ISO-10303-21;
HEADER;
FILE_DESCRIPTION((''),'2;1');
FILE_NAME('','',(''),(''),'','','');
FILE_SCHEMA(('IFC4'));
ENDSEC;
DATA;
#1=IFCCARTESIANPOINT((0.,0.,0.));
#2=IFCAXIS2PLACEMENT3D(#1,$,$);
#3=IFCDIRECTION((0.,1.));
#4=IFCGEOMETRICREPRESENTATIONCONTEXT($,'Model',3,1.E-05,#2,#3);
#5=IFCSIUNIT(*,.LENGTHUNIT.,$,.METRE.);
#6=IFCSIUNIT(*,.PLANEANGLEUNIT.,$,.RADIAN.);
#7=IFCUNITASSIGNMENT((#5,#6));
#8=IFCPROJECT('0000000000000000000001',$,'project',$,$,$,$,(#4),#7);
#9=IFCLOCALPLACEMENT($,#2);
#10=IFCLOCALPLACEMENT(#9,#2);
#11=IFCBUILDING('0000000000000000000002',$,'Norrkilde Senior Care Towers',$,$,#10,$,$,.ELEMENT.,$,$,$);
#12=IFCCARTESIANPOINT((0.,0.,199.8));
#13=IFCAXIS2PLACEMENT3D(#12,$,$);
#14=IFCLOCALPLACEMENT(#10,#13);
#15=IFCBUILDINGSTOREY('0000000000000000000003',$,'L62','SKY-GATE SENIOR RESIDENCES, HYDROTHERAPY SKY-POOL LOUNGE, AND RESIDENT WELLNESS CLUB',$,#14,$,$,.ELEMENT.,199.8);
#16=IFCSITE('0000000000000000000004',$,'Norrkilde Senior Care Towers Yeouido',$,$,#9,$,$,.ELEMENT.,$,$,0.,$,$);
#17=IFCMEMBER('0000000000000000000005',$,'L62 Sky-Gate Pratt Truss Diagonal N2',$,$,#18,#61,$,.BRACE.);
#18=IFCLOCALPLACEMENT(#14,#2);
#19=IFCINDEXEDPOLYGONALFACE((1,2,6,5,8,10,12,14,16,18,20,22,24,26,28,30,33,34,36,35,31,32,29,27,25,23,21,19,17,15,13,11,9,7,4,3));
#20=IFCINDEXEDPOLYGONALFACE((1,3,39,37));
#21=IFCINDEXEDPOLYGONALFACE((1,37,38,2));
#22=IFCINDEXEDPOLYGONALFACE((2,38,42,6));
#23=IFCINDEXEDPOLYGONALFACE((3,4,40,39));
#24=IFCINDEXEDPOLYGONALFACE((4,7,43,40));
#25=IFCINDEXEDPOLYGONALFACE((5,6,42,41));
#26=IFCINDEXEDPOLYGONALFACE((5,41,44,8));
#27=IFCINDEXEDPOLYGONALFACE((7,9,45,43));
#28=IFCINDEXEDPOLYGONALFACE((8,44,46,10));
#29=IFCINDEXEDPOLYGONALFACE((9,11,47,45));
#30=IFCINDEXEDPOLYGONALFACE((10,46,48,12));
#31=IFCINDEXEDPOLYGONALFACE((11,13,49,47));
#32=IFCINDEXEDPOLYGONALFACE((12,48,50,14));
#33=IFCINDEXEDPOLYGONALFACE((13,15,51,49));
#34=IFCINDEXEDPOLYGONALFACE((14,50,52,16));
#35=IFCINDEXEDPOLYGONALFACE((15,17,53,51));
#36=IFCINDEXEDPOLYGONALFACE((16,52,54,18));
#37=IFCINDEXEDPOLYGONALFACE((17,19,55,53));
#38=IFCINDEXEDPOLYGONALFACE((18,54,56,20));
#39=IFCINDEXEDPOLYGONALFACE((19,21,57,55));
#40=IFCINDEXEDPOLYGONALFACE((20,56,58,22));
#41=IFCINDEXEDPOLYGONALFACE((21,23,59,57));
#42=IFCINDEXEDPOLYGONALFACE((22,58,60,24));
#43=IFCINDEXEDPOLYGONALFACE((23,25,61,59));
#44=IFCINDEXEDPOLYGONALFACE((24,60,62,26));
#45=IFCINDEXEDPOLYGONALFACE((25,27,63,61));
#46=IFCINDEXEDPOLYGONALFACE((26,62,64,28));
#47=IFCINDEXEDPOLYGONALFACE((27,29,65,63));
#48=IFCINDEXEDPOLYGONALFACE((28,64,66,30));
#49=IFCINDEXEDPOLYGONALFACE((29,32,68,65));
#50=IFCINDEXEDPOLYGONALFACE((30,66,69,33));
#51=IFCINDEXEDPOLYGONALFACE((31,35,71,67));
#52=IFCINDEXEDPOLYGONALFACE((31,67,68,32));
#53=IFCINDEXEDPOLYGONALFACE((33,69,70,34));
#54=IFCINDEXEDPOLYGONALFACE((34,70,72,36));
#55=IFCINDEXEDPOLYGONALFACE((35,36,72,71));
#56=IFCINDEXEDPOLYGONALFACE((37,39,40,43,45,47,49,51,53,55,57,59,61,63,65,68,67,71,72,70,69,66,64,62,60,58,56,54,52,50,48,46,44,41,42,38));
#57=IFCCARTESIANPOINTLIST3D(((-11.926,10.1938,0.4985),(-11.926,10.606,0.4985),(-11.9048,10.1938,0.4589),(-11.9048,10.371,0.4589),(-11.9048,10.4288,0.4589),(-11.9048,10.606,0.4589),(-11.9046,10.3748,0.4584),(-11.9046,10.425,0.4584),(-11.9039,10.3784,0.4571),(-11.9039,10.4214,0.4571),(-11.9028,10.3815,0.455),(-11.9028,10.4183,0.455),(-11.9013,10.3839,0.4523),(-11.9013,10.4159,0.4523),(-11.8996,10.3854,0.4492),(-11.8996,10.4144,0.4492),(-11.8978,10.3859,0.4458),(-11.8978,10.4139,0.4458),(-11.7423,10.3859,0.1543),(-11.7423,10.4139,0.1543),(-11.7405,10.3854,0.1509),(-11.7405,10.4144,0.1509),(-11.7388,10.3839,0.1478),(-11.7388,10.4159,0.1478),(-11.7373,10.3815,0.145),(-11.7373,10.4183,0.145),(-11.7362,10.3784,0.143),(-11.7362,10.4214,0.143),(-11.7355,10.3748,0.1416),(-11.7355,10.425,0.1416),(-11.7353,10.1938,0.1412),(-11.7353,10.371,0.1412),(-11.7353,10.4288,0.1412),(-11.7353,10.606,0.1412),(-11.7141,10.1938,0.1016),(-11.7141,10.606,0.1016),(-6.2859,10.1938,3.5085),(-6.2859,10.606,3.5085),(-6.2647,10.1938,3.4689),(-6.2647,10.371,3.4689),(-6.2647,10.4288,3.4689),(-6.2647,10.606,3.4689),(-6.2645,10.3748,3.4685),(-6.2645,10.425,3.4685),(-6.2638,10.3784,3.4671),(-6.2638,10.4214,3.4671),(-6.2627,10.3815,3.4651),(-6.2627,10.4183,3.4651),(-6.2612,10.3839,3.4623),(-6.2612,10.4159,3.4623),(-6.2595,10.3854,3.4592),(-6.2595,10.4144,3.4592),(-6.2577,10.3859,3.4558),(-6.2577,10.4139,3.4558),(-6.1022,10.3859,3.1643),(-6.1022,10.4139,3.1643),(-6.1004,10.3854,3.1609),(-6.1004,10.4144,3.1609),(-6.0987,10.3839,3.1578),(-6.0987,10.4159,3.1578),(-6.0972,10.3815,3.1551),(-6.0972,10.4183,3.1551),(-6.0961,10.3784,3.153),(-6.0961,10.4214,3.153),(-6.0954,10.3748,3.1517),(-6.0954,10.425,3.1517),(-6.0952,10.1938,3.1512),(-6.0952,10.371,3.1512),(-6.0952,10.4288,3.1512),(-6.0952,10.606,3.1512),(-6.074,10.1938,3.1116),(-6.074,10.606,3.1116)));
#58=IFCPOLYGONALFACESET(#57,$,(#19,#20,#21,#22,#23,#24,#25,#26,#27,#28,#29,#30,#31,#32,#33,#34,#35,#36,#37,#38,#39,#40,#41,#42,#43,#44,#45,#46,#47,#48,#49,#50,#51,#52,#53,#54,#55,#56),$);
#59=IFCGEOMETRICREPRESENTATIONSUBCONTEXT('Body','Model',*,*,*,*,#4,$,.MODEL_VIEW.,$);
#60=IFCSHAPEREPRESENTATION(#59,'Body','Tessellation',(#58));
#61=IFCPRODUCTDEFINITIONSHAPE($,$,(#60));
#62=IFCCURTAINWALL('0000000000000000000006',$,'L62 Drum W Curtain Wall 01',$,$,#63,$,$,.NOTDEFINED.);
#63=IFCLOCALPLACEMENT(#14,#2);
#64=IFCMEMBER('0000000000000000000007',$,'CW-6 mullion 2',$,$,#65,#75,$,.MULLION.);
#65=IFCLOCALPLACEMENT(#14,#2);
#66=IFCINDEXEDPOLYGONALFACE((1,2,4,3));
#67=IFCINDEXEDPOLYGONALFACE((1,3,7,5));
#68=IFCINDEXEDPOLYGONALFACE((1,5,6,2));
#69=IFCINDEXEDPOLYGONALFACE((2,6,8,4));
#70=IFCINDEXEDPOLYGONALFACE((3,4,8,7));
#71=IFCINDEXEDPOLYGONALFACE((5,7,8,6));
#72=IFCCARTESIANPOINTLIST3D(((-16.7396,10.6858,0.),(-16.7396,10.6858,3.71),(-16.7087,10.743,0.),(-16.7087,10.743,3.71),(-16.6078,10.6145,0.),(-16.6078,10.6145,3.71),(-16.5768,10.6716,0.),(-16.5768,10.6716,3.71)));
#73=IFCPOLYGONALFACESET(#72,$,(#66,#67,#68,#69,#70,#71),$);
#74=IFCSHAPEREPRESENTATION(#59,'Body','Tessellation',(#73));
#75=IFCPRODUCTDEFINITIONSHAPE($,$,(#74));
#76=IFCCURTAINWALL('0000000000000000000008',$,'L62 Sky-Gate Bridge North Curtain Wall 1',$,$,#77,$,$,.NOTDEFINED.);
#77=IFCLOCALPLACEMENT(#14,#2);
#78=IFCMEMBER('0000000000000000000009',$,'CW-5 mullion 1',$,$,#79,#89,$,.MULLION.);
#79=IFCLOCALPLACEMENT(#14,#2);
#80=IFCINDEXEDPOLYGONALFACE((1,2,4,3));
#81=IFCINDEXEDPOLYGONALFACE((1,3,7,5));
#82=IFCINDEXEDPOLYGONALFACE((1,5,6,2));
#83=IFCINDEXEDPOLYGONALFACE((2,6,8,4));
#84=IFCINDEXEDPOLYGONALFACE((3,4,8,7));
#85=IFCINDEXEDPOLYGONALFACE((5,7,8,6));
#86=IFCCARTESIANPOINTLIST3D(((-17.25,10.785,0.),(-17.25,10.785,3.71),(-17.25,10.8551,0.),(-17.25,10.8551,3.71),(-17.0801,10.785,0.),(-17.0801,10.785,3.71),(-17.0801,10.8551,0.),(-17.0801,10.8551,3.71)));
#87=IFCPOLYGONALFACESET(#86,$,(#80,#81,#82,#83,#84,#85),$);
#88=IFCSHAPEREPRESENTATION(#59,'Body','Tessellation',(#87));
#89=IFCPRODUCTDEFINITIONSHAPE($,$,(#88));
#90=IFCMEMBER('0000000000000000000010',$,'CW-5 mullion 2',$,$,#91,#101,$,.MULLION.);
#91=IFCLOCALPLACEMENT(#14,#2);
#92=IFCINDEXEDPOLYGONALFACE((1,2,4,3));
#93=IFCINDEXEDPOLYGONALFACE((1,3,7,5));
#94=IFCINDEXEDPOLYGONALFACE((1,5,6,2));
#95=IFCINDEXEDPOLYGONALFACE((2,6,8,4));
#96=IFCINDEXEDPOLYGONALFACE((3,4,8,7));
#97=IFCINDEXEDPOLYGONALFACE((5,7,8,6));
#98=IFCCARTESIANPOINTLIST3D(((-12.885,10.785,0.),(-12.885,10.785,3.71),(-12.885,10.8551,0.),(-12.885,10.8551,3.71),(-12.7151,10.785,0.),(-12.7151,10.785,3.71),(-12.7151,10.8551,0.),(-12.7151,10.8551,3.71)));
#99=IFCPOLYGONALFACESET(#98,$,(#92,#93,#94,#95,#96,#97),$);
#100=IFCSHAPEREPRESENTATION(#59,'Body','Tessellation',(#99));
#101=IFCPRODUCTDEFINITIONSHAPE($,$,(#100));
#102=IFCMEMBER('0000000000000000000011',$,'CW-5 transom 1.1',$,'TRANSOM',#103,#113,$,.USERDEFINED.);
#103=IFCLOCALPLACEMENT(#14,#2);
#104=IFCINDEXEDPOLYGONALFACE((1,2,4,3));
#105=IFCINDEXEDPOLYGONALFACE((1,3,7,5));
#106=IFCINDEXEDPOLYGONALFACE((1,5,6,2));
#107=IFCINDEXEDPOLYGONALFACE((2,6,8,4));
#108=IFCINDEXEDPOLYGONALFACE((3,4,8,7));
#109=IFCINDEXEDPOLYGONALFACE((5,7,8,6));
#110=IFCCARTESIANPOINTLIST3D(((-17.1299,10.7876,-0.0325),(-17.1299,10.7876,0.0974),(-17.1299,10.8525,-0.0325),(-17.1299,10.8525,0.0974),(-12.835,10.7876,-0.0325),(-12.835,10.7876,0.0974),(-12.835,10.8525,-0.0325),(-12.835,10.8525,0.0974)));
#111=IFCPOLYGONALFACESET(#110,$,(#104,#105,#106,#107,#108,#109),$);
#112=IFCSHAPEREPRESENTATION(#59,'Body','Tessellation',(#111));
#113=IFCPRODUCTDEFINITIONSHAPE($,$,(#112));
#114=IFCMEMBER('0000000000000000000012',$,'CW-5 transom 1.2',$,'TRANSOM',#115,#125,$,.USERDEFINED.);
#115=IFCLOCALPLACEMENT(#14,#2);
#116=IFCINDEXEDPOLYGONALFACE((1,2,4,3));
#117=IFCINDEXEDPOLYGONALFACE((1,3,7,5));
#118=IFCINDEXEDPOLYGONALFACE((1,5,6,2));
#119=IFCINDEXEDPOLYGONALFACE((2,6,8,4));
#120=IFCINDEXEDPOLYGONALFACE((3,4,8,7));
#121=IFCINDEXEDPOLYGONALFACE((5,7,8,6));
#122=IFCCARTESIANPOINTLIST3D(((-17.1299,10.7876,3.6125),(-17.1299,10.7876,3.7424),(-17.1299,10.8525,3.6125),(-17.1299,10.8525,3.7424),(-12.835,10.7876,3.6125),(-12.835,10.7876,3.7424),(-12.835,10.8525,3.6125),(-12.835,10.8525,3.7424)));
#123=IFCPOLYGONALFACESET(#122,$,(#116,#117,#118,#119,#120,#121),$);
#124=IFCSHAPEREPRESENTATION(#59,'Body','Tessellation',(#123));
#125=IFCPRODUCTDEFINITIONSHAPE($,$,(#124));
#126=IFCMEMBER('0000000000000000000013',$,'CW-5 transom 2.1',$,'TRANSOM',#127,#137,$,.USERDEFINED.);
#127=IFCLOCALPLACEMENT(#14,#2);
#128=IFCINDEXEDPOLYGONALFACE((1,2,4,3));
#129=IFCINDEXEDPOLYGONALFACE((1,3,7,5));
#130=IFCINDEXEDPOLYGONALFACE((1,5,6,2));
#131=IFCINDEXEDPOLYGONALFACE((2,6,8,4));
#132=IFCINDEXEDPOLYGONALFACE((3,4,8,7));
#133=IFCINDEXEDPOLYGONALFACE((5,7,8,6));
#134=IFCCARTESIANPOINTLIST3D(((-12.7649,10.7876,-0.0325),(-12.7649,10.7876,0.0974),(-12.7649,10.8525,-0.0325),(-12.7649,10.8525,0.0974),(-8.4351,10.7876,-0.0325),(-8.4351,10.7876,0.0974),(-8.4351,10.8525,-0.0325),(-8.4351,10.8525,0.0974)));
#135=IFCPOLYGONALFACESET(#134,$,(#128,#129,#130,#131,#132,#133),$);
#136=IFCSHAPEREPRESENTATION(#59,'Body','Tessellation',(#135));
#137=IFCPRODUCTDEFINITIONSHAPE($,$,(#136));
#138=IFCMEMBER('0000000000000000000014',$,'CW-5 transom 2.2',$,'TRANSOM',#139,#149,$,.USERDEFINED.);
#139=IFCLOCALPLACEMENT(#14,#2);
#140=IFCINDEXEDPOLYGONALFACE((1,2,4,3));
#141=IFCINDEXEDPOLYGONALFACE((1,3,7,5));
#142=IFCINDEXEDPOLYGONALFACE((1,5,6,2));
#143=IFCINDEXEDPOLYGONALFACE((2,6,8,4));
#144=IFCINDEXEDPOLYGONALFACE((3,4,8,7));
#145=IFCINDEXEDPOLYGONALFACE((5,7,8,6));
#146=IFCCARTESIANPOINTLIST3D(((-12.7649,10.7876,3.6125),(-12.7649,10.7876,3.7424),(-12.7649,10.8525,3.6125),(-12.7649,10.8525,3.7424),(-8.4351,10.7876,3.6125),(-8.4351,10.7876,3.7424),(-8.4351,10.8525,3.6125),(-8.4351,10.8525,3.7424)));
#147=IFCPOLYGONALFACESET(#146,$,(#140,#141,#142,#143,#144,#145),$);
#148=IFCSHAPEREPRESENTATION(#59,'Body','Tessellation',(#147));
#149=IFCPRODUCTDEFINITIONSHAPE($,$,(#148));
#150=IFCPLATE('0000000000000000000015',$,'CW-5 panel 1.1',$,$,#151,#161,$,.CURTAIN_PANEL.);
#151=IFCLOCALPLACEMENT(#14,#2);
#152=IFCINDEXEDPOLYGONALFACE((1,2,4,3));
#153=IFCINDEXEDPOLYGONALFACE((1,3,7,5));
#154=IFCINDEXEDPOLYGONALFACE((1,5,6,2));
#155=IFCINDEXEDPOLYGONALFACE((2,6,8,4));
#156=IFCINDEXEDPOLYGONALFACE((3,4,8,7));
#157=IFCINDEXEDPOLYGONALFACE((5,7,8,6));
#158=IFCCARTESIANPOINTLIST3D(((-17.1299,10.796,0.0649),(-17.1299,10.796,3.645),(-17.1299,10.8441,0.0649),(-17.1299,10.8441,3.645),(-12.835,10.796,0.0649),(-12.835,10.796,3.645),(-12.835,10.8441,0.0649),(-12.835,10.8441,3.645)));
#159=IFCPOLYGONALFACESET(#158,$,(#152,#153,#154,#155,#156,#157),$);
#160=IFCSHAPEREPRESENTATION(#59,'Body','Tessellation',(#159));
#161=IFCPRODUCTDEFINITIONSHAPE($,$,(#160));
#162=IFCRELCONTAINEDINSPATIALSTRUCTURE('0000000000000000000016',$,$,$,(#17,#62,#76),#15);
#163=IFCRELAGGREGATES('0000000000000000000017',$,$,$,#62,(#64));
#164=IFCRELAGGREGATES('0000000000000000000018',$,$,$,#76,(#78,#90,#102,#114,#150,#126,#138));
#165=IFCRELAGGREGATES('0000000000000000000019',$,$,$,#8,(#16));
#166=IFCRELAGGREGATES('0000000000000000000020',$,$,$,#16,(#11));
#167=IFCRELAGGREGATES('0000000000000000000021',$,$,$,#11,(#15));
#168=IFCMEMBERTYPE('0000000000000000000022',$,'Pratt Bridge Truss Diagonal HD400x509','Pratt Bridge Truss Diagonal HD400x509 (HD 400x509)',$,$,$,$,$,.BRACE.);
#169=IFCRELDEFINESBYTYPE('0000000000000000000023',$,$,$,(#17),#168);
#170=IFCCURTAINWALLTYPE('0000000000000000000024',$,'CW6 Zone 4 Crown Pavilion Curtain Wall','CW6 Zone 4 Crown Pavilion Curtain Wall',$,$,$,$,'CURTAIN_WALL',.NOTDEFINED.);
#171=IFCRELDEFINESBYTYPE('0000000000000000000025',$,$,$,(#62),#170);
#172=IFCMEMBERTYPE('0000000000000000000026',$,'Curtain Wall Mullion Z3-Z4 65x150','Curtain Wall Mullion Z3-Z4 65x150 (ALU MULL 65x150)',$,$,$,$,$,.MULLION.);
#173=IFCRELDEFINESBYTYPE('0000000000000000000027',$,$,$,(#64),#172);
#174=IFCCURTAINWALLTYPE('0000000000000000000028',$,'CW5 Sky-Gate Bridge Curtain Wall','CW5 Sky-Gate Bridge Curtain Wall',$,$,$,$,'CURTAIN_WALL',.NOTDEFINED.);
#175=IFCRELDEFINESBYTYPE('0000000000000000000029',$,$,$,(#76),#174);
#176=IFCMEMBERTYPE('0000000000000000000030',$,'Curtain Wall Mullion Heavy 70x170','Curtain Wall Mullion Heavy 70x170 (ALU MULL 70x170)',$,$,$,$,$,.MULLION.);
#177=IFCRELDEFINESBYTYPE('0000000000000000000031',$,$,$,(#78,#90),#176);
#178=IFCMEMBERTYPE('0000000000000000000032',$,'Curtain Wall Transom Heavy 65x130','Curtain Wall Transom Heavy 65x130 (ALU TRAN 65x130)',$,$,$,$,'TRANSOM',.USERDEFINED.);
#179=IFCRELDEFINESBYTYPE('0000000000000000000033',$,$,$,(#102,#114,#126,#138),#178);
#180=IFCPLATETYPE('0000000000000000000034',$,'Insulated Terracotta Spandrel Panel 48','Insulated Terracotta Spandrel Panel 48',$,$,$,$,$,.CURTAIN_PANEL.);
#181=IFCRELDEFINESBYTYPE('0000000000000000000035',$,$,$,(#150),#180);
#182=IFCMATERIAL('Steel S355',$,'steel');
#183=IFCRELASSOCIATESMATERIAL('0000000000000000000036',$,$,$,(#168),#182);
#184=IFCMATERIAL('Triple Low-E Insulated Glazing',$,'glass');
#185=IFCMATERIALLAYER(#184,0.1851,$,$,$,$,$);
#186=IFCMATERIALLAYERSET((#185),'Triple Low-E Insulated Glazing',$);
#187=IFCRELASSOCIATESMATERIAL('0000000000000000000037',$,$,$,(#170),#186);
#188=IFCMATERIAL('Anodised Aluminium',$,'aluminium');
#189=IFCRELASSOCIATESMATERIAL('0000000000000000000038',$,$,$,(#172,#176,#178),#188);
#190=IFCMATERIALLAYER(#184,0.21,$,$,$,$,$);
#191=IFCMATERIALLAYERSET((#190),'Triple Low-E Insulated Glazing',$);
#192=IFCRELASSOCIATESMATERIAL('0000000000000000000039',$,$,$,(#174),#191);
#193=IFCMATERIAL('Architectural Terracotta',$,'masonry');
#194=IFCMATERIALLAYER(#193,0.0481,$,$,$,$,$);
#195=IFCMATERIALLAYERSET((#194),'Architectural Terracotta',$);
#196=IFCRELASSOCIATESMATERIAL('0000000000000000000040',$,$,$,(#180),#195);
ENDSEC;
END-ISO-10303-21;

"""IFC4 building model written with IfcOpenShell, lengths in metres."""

from ifc_helpers import new_model, si_unit, direction, frame, origin, origin_2d, place, context, subcontext, project, spatial, rectangle, i_section, extrude, source, transform, mapped, material, layer, layer_set, material_profile, profile_set, type_object, type_shapes, element, aggregate, save


model = new_model("IFC4")

# Units and contexts
model_context = context("Model", 3, precision=1e-05, world=origin(), true_north=direction((0.0, 1.0)))
body_context = subcontext(model_context, "Body", "Model", "MODEL_VIEW")
ifc_project = project(units=[si_unit("LENGTHUNIT", "METRE"), si_unit("PLANEANGLEUNIT", "RADIAN")], contexts=[model_context])

# Site, building, storey
site_placement = place(None, origin())
site = spatial("IfcSite", under=ifc_project, at=site_placement, Name="Norrkilde Senior Care Towers Yeouido", CompositionType="ELEMENT", RefElevation=0.0)
building_placement = place(site_placement, origin())
building = spatial("IfcBuilding", under=site, at=building_placement, Name="Norrkilde Senior Care Towers", CompositionType="ELEMENT")
storey_placement = place(building_placement, frame((0.0, 0.0, 199.8)))
storey = spatial("IfcBuildingStorey", under=building, at=storey_placement, Name="L62", Description="SKY-GATE SENIOR RESIDENCES, HYDROTHERAPY SKY-POOL LOUNGE, AND RESIDENT WELLNESS CLUB", CompositionType="ELEMENT", Elevation=199.8)

# Shared definitions
ifc_material_1 = material(Name="Steel S355", Category="steel")

# Member
ifc_material_profile_1 = material_profile(ifc_material_1, i_section(OverallWidth=0.4121, OverallDepth=0.45, WebThickness=0.0281, FlangeThickness=0.0449, FilletRadius=0.0149, at=origin_2d()), Name="HD 400x509")
ifc_profile_set_1 = profile_set([ifc_material_profile_1], Name="Steel S355")
member_type_1 = type_object("IfcMemberType", Name="Pratt Bridge Truss Diagonal HD400x509", Description="Pratt Bridge Truss Diagonal HD400x509 (HD 400x509)", PredefinedType="BRACE", material=ifc_profile_set_1)
shared_shape_1 = source(origin(), body_context, "Body", "SweptSolid", [
    extrude(i_section(OverallWidth=0.4121, OverallDepth=0.45, WebThickness=0.0281, FlangeThickness=0.0449, FilletRadius=0.0149, at=origin_2d()), origin(), (0.0, 0.0, 1.0), 6.3931),
])
type_shapes(member_type_1, [shared_shape_1])
member_1_placement = place(storey_placement, frame((-11.8201, 10.3999, 0.3), z_axis=(0.882227, 0.0, 0.470824), x_axis=(0.0, 1.0, 0.0)))
element("IfcMember", 1, at=member_1_placement, inside=storey, type_object=member_type_1, Name="L62 Sky-Gate Pratt Truss Diagonal N2", PredefinedType="BRACE", context=body_context, shape_type="MappedRepresentation", body=[
    mapped(shared_shape_1, transform((0.0, 0.0, 0.0), x_axis=(1.0, 0.0, 0.0), y_axis=(0.0, 1.0, 0.0), z_axis=(0.0, 0.0, 1.0), scale=1.0)),
])

# Curtain wall, member
ifc_material_2 = material(Name="Triple Low-E Insulated Glazing", Category="glass")
ifc_layer_1 = layer(ifc_material_2, 0.1851)
ifc_layer_set_1 = layer_set([ifc_layer_1], Name="Triple Low-E Insulated Glazing")
curtain_wall_type_1 = type_object("IfcCurtainWallType", Name="CW6 Zone 4 Crown Pavilion Curtain Wall", Description="CW6 Zone 4 Crown Pavilion Curtain Wall", ElementType="CURTAIN_WALL", PredefinedType="NOTDEFINED", material=ifc_layer_set_1)
curtain_wall_1_placement = place(storey_placement, origin())
curtain_wall_1 = element("IfcCurtainWall", 2, at=curtain_wall_1_placement, inside=storey, type_object=curtain_wall_type_1, Name="L62 Drum W Curtain Wall 01", PredefinedType="NOTDEFINED")
ifc_material_3 = material(Name="Anodised Aluminium", Category="aluminium")
ifc_material_profile_2 = material_profile(ifc_material_3, rectangle(XDim=0.0649, YDim=0.1499, at=origin_2d()), Name="ALU MULL 65x150")
ifc_profile_set_2 = profile_set([ifc_material_profile_2], Name="Anodised Aluminium")
member_type_2 = type_object("IfcMemberType", Name="Curtain Wall Mullion Z3-Z4 65x150", Description="Curtain Wall Mullion Z3-Z4 65x150 (ALU MULL 65x150)", PredefinedType="MULLION", material=ifc_profile_set_2)
shared_shape_2 = source(origin(), body_context, "Body", "SweptSolid", [
    extrude(rectangle(XDim=0.0649, YDim=0.1499, at=origin_2d()), origin(), (0.0, 0.0, 1.0), 3.71),
])
type_shapes(member_type_2, [shared_shape_2])
member_2_placement = place(storey_placement, frame((-16.6582, 10.6787, 0.0), z_axis=(0.0, 0.0, 1.0), x_axis=(0.476133, 0.879373, 0.0)))
member_2 = element("IfcMember", 3, at=member_2_placement, type_object=member_type_2, Name="CW-6 mullion 2", PredefinedType="MULLION", context=body_context, shape_type="MappedRepresentation", body=[
    mapped(shared_shape_2, transform((0.0, 0.0, 0.0), x_axis=(1.0, 0.0, 0.0), y_axis=(0.0, 1.0, 0.0), z_axis=(0.0, 0.0, 1.0), scale=1.0)),
])
aggregate(curtain_wall_1, [member_2])

# Curtain wall, members, plate
ifc_layer_2 = layer(ifc_material_2, 0.21)
ifc_layer_set_2 = layer_set([ifc_layer_2], Name="Triple Low-E Insulated Glazing")
curtain_wall_type_2 = type_object("IfcCurtainWallType", Name="CW5 Sky-Gate Bridge Curtain Wall", Description="CW5 Sky-Gate Bridge Curtain Wall", ElementType="CURTAIN_WALL", PredefinedType="NOTDEFINED", material=ifc_layer_set_2)
curtain_wall_2_placement = place(storey_placement, origin())
curtain_wall_2 = element("IfcCurtainWall", 4, at=curtain_wall_2_placement, inside=storey, type_object=curtain_wall_type_2, Name="L62 Sky-Gate Bridge North Curtain Wall 1", PredefinedType="NOTDEFINED")
ifc_material_profile_3 = material_profile(ifc_material_3, rectangle(XDim=0.0701, YDim=0.1699, at=origin_2d()), Name="ALU MULL 70x170")
ifc_profile_set_3 = profile_set([ifc_material_profile_3], Name="Anodised Aluminium")
member_type_3 = type_object("IfcMemberType", Name="Curtain Wall Mullion Heavy 70x170", Description="Curtain Wall Mullion Heavy 70x170 (ALU MULL 70x170)", PredefinedType="MULLION", material=ifc_profile_set_3)
shared_shape_3 = source(origin(), body_context, "Body", "SweptSolid", [
    extrude(rectangle(XDim=0.0701, YDim=0.1699, at=origin_2d()), origin(), (0.0, 0.0, 1.0), 3.71),
])
type_shapes(member_type_3, [shared_shape_3])
member_3_placement = place(storey_placement, frame((-17.165, 10.8201, 0.0), z_axis=(0.0, 0.0, 1.0), x_axis=(0.0, 1.0, 0.0)))
member_3 = element("IfcMember", 5, at=member_3_placement, type_object=member_type_3, Name="CW-5 mullion 1", PredefinedType="MULLION", context=body_context, shape_type="MappedRepresentation", body=[
    mapped(shared_shape_3, transform((0.0, 0.0, 0.0), x_axis=(1.0, 0.0, 0.0), y_axis=(0.0, 1.0, 0.0), z_axis=(0.0, 0.0, 1.0), scale=1.0)),
])
member_4_placement = place(storey_placement, frame((-12.8, 10.8201, 0.0), z_axis=(0.0, 0.0, 1.0), x_axis=(0.0, 1.0, 0.0)))
member_4 = element("IfcMember", 6, at=member_4_placement, type_object=member_type_3, Name="CW-5 mullion 2", PredefinedType="MULLION", context=body_context, shape_type="MappedRepresentation", body=[
    mapped(shared_shape_3, transform((0.0, 0.0, 0.0), x_axis=(1.0, 0.0, 0.0), y_axis=(0.0, 1.0, 0.0), z_axis=(0.0, 0.0, 1.0), scale=1.0)),
])
ifc_material_profile_4 = material_profile(ifc_material_3, rectangle(XDim=0.0649, YDim=0.1299, at=origin_2d()), Name="ALU TRAN 65x130")
ifc_profile_set_4 = profile_set([ifc_material_profile_4], Name="Anodised Aluminium")
member_type_4 = type_object("IfcMemberType", Name="Curtain Wall Transom Heavy 65x130", Description="Curtain Wall Transom Heavy 65x130 (ALU TRAN 65x130)", ElementType="TRANSOM", PredefinedType="USERDEFINED", material=ifc_profile_set_4)
shared_shape_4 = source(origin(), body_context, "Body", "SweptSolid", [
    extrude(rectangle(XDim=0.0649, YDim=0.1299, at=origin_2d()), origin(), (0.0, 0.0, 1.0), 4.2949),
])
member_5_placement = place(storey_placement, frame((-17.1299, 10.8201, 0.0325), z_axis=(1.0, 0.0, 0.0), x_axis=(0.0, 1.0, 0.0)))
member_5 = element("IfcMember", 7, at=member_5_placement, type_object=member_type_4, Name="CW-5 transom 1.1", ObjectType="TRANSOM", PredefinedType="USERDEFINED", context=body_context, shape_type="MappedRepresentation", body=[
    mapped(shared_shape_4, transform((0.0, 0.0, 0.0), x_axis=(1.0, 0.0, 0.0), y_axis=(0.0, 1.0, 0.0), z_axis=(0.0, 0.0, 1.0), scale=1.0)),
])
member_6_placement = place(storey_placement, frame((-17.1299, 10.8201, 3.6775), z_axis=(1.0, 0.0, 0.0), x_axis=(0.0, 1.0, 0.0)))
member_6 = element("IfcMember", 8, at=member_6_placement, type_object=member_type_4, Name="CW-5 transom 1.2", ObjectType="TRANSOM", PredefinedType="USERDEFINED", context=body_context, shape_type="MappedRepresentation", body=[
    mapped(shared_shape_4, transform((0.0, 0.0, 0.0), x_axis=(1.0, 0.0, 0.0), y_axis=(0.0, 1.0, 0.0), z_axis=(0.0, 0.0, 1.0), scale=1.0)),
])
shared_shape_5 = source(origin(), body_context, "Body", "SweptSolid", [
    extrude(rectangle(XDim=0.0649, YDim=0.1299, at=origin_2d()), origin(), (0.0, 0.0, 1.0), 4.3298),
])
type_shapes(member_type_4, [shared_shape_4, shared_shape_5])
member_7_placement = place(storey_placement, frame((-12.7649, 10.8201, 0.0325), z_axis=(1.0, 0.0, 0.0), x_axis=(0.0, 1.0, 0.0)))
member_7 = element("IfcMember", 9, at=member_7_placement, type_object=member_type_4, Name="CW-5 transom 2.1", ObjectType="TRANSOM", PredefinedType="USERDEFINED", context=body_context, shape_type="MappedRepresentation", body=[
    mapped(shared_shape_5, transform((0.0, 0.0, 0.0), x_axis=(1.0, 0.0, 0.0), y_axis=(0.0, 1.0, 0.0), z_axis=(0.0, 0.0, 1.0), scale=1.0)),
])
member_8_placement = place(storey_placement, frame((-12.7649, 10.8201, 3.6775), z_axis=(1.0, 0.0, 0.0), x_axis=(0.0, 1.0, 0.0)))
member_8 = element("IfcMember", 10, at=member_8_placement, type_object=member_type_4, Name="CW-5 transom 2.2", ObjectType="TRANSOM", PredefinedType="USERDEFINED", context=body_context, shape_type="MappedRepresentation", body=[
    mapped(shared_shape_5, transform((0.0, 0.0, 0.0), x_axis=(1.0, 0.0, 0.0), y_axis=(0.0, 1.0, 0.0), z_axis=(0.0, 0.0, 1.0), scale=1.0)),
])
ifc_material_4 = material(Name="Architectural Terracotta", Category="masonry")
ifc_layer_3 = layer(ifc_material_4, 0.0481)
ifc_layer_set_3 = layer_set([ifc_layer_3], Name="Architectural Terracotta")
plate_type = type_object("IfcPlateType", Name="Insulated Terracotta Spandrel Panel 48", Description="Insulated Terracotta Spandrel Panel 48", PredefinedType="CURTAIN_PANEL", material=ifc_layer_set_3)
shared_shape_6 = source(origin(), body_context, "Body", "SweptSolid", [
    extrude(rectangle(XDim=4.2949, YDim=0.0481, at=origin_2d()), origin(), (0.0, 0.0, 1.0), 3.5801),
])
type_shapes(plate_type, [shared_shape_6])
plate_placement = place(storey_placement, frame((-14.9824, 10.8201, 0.0649), z_axis=(0.0, 0.0, 1.0), x_axis=(1.0, 0.0, 0.0)))
plate = element("IfcPlate", 11, at=plate_placement, type_object=plate_type, Name="CW-5 panel 1.1", PredefinedType="CURTAIN_PANEL", context=body_context, shape_type="MappedRepresentation", body=[
    mapped(shared_shape_6, transform((0.0, 0.0, 0.0), x_axis=(1.0, 0.0, 0.0), y_axis=(0.0, 1.0, 0.0), z_axis=(0.0, 0.0, 1.0), scale=1.0)),
])
aggregate(curtain_wall_2, [member_3, member_4, member_5, member_6, plate, member_7, member_8])

save(model, "model.ifc")
